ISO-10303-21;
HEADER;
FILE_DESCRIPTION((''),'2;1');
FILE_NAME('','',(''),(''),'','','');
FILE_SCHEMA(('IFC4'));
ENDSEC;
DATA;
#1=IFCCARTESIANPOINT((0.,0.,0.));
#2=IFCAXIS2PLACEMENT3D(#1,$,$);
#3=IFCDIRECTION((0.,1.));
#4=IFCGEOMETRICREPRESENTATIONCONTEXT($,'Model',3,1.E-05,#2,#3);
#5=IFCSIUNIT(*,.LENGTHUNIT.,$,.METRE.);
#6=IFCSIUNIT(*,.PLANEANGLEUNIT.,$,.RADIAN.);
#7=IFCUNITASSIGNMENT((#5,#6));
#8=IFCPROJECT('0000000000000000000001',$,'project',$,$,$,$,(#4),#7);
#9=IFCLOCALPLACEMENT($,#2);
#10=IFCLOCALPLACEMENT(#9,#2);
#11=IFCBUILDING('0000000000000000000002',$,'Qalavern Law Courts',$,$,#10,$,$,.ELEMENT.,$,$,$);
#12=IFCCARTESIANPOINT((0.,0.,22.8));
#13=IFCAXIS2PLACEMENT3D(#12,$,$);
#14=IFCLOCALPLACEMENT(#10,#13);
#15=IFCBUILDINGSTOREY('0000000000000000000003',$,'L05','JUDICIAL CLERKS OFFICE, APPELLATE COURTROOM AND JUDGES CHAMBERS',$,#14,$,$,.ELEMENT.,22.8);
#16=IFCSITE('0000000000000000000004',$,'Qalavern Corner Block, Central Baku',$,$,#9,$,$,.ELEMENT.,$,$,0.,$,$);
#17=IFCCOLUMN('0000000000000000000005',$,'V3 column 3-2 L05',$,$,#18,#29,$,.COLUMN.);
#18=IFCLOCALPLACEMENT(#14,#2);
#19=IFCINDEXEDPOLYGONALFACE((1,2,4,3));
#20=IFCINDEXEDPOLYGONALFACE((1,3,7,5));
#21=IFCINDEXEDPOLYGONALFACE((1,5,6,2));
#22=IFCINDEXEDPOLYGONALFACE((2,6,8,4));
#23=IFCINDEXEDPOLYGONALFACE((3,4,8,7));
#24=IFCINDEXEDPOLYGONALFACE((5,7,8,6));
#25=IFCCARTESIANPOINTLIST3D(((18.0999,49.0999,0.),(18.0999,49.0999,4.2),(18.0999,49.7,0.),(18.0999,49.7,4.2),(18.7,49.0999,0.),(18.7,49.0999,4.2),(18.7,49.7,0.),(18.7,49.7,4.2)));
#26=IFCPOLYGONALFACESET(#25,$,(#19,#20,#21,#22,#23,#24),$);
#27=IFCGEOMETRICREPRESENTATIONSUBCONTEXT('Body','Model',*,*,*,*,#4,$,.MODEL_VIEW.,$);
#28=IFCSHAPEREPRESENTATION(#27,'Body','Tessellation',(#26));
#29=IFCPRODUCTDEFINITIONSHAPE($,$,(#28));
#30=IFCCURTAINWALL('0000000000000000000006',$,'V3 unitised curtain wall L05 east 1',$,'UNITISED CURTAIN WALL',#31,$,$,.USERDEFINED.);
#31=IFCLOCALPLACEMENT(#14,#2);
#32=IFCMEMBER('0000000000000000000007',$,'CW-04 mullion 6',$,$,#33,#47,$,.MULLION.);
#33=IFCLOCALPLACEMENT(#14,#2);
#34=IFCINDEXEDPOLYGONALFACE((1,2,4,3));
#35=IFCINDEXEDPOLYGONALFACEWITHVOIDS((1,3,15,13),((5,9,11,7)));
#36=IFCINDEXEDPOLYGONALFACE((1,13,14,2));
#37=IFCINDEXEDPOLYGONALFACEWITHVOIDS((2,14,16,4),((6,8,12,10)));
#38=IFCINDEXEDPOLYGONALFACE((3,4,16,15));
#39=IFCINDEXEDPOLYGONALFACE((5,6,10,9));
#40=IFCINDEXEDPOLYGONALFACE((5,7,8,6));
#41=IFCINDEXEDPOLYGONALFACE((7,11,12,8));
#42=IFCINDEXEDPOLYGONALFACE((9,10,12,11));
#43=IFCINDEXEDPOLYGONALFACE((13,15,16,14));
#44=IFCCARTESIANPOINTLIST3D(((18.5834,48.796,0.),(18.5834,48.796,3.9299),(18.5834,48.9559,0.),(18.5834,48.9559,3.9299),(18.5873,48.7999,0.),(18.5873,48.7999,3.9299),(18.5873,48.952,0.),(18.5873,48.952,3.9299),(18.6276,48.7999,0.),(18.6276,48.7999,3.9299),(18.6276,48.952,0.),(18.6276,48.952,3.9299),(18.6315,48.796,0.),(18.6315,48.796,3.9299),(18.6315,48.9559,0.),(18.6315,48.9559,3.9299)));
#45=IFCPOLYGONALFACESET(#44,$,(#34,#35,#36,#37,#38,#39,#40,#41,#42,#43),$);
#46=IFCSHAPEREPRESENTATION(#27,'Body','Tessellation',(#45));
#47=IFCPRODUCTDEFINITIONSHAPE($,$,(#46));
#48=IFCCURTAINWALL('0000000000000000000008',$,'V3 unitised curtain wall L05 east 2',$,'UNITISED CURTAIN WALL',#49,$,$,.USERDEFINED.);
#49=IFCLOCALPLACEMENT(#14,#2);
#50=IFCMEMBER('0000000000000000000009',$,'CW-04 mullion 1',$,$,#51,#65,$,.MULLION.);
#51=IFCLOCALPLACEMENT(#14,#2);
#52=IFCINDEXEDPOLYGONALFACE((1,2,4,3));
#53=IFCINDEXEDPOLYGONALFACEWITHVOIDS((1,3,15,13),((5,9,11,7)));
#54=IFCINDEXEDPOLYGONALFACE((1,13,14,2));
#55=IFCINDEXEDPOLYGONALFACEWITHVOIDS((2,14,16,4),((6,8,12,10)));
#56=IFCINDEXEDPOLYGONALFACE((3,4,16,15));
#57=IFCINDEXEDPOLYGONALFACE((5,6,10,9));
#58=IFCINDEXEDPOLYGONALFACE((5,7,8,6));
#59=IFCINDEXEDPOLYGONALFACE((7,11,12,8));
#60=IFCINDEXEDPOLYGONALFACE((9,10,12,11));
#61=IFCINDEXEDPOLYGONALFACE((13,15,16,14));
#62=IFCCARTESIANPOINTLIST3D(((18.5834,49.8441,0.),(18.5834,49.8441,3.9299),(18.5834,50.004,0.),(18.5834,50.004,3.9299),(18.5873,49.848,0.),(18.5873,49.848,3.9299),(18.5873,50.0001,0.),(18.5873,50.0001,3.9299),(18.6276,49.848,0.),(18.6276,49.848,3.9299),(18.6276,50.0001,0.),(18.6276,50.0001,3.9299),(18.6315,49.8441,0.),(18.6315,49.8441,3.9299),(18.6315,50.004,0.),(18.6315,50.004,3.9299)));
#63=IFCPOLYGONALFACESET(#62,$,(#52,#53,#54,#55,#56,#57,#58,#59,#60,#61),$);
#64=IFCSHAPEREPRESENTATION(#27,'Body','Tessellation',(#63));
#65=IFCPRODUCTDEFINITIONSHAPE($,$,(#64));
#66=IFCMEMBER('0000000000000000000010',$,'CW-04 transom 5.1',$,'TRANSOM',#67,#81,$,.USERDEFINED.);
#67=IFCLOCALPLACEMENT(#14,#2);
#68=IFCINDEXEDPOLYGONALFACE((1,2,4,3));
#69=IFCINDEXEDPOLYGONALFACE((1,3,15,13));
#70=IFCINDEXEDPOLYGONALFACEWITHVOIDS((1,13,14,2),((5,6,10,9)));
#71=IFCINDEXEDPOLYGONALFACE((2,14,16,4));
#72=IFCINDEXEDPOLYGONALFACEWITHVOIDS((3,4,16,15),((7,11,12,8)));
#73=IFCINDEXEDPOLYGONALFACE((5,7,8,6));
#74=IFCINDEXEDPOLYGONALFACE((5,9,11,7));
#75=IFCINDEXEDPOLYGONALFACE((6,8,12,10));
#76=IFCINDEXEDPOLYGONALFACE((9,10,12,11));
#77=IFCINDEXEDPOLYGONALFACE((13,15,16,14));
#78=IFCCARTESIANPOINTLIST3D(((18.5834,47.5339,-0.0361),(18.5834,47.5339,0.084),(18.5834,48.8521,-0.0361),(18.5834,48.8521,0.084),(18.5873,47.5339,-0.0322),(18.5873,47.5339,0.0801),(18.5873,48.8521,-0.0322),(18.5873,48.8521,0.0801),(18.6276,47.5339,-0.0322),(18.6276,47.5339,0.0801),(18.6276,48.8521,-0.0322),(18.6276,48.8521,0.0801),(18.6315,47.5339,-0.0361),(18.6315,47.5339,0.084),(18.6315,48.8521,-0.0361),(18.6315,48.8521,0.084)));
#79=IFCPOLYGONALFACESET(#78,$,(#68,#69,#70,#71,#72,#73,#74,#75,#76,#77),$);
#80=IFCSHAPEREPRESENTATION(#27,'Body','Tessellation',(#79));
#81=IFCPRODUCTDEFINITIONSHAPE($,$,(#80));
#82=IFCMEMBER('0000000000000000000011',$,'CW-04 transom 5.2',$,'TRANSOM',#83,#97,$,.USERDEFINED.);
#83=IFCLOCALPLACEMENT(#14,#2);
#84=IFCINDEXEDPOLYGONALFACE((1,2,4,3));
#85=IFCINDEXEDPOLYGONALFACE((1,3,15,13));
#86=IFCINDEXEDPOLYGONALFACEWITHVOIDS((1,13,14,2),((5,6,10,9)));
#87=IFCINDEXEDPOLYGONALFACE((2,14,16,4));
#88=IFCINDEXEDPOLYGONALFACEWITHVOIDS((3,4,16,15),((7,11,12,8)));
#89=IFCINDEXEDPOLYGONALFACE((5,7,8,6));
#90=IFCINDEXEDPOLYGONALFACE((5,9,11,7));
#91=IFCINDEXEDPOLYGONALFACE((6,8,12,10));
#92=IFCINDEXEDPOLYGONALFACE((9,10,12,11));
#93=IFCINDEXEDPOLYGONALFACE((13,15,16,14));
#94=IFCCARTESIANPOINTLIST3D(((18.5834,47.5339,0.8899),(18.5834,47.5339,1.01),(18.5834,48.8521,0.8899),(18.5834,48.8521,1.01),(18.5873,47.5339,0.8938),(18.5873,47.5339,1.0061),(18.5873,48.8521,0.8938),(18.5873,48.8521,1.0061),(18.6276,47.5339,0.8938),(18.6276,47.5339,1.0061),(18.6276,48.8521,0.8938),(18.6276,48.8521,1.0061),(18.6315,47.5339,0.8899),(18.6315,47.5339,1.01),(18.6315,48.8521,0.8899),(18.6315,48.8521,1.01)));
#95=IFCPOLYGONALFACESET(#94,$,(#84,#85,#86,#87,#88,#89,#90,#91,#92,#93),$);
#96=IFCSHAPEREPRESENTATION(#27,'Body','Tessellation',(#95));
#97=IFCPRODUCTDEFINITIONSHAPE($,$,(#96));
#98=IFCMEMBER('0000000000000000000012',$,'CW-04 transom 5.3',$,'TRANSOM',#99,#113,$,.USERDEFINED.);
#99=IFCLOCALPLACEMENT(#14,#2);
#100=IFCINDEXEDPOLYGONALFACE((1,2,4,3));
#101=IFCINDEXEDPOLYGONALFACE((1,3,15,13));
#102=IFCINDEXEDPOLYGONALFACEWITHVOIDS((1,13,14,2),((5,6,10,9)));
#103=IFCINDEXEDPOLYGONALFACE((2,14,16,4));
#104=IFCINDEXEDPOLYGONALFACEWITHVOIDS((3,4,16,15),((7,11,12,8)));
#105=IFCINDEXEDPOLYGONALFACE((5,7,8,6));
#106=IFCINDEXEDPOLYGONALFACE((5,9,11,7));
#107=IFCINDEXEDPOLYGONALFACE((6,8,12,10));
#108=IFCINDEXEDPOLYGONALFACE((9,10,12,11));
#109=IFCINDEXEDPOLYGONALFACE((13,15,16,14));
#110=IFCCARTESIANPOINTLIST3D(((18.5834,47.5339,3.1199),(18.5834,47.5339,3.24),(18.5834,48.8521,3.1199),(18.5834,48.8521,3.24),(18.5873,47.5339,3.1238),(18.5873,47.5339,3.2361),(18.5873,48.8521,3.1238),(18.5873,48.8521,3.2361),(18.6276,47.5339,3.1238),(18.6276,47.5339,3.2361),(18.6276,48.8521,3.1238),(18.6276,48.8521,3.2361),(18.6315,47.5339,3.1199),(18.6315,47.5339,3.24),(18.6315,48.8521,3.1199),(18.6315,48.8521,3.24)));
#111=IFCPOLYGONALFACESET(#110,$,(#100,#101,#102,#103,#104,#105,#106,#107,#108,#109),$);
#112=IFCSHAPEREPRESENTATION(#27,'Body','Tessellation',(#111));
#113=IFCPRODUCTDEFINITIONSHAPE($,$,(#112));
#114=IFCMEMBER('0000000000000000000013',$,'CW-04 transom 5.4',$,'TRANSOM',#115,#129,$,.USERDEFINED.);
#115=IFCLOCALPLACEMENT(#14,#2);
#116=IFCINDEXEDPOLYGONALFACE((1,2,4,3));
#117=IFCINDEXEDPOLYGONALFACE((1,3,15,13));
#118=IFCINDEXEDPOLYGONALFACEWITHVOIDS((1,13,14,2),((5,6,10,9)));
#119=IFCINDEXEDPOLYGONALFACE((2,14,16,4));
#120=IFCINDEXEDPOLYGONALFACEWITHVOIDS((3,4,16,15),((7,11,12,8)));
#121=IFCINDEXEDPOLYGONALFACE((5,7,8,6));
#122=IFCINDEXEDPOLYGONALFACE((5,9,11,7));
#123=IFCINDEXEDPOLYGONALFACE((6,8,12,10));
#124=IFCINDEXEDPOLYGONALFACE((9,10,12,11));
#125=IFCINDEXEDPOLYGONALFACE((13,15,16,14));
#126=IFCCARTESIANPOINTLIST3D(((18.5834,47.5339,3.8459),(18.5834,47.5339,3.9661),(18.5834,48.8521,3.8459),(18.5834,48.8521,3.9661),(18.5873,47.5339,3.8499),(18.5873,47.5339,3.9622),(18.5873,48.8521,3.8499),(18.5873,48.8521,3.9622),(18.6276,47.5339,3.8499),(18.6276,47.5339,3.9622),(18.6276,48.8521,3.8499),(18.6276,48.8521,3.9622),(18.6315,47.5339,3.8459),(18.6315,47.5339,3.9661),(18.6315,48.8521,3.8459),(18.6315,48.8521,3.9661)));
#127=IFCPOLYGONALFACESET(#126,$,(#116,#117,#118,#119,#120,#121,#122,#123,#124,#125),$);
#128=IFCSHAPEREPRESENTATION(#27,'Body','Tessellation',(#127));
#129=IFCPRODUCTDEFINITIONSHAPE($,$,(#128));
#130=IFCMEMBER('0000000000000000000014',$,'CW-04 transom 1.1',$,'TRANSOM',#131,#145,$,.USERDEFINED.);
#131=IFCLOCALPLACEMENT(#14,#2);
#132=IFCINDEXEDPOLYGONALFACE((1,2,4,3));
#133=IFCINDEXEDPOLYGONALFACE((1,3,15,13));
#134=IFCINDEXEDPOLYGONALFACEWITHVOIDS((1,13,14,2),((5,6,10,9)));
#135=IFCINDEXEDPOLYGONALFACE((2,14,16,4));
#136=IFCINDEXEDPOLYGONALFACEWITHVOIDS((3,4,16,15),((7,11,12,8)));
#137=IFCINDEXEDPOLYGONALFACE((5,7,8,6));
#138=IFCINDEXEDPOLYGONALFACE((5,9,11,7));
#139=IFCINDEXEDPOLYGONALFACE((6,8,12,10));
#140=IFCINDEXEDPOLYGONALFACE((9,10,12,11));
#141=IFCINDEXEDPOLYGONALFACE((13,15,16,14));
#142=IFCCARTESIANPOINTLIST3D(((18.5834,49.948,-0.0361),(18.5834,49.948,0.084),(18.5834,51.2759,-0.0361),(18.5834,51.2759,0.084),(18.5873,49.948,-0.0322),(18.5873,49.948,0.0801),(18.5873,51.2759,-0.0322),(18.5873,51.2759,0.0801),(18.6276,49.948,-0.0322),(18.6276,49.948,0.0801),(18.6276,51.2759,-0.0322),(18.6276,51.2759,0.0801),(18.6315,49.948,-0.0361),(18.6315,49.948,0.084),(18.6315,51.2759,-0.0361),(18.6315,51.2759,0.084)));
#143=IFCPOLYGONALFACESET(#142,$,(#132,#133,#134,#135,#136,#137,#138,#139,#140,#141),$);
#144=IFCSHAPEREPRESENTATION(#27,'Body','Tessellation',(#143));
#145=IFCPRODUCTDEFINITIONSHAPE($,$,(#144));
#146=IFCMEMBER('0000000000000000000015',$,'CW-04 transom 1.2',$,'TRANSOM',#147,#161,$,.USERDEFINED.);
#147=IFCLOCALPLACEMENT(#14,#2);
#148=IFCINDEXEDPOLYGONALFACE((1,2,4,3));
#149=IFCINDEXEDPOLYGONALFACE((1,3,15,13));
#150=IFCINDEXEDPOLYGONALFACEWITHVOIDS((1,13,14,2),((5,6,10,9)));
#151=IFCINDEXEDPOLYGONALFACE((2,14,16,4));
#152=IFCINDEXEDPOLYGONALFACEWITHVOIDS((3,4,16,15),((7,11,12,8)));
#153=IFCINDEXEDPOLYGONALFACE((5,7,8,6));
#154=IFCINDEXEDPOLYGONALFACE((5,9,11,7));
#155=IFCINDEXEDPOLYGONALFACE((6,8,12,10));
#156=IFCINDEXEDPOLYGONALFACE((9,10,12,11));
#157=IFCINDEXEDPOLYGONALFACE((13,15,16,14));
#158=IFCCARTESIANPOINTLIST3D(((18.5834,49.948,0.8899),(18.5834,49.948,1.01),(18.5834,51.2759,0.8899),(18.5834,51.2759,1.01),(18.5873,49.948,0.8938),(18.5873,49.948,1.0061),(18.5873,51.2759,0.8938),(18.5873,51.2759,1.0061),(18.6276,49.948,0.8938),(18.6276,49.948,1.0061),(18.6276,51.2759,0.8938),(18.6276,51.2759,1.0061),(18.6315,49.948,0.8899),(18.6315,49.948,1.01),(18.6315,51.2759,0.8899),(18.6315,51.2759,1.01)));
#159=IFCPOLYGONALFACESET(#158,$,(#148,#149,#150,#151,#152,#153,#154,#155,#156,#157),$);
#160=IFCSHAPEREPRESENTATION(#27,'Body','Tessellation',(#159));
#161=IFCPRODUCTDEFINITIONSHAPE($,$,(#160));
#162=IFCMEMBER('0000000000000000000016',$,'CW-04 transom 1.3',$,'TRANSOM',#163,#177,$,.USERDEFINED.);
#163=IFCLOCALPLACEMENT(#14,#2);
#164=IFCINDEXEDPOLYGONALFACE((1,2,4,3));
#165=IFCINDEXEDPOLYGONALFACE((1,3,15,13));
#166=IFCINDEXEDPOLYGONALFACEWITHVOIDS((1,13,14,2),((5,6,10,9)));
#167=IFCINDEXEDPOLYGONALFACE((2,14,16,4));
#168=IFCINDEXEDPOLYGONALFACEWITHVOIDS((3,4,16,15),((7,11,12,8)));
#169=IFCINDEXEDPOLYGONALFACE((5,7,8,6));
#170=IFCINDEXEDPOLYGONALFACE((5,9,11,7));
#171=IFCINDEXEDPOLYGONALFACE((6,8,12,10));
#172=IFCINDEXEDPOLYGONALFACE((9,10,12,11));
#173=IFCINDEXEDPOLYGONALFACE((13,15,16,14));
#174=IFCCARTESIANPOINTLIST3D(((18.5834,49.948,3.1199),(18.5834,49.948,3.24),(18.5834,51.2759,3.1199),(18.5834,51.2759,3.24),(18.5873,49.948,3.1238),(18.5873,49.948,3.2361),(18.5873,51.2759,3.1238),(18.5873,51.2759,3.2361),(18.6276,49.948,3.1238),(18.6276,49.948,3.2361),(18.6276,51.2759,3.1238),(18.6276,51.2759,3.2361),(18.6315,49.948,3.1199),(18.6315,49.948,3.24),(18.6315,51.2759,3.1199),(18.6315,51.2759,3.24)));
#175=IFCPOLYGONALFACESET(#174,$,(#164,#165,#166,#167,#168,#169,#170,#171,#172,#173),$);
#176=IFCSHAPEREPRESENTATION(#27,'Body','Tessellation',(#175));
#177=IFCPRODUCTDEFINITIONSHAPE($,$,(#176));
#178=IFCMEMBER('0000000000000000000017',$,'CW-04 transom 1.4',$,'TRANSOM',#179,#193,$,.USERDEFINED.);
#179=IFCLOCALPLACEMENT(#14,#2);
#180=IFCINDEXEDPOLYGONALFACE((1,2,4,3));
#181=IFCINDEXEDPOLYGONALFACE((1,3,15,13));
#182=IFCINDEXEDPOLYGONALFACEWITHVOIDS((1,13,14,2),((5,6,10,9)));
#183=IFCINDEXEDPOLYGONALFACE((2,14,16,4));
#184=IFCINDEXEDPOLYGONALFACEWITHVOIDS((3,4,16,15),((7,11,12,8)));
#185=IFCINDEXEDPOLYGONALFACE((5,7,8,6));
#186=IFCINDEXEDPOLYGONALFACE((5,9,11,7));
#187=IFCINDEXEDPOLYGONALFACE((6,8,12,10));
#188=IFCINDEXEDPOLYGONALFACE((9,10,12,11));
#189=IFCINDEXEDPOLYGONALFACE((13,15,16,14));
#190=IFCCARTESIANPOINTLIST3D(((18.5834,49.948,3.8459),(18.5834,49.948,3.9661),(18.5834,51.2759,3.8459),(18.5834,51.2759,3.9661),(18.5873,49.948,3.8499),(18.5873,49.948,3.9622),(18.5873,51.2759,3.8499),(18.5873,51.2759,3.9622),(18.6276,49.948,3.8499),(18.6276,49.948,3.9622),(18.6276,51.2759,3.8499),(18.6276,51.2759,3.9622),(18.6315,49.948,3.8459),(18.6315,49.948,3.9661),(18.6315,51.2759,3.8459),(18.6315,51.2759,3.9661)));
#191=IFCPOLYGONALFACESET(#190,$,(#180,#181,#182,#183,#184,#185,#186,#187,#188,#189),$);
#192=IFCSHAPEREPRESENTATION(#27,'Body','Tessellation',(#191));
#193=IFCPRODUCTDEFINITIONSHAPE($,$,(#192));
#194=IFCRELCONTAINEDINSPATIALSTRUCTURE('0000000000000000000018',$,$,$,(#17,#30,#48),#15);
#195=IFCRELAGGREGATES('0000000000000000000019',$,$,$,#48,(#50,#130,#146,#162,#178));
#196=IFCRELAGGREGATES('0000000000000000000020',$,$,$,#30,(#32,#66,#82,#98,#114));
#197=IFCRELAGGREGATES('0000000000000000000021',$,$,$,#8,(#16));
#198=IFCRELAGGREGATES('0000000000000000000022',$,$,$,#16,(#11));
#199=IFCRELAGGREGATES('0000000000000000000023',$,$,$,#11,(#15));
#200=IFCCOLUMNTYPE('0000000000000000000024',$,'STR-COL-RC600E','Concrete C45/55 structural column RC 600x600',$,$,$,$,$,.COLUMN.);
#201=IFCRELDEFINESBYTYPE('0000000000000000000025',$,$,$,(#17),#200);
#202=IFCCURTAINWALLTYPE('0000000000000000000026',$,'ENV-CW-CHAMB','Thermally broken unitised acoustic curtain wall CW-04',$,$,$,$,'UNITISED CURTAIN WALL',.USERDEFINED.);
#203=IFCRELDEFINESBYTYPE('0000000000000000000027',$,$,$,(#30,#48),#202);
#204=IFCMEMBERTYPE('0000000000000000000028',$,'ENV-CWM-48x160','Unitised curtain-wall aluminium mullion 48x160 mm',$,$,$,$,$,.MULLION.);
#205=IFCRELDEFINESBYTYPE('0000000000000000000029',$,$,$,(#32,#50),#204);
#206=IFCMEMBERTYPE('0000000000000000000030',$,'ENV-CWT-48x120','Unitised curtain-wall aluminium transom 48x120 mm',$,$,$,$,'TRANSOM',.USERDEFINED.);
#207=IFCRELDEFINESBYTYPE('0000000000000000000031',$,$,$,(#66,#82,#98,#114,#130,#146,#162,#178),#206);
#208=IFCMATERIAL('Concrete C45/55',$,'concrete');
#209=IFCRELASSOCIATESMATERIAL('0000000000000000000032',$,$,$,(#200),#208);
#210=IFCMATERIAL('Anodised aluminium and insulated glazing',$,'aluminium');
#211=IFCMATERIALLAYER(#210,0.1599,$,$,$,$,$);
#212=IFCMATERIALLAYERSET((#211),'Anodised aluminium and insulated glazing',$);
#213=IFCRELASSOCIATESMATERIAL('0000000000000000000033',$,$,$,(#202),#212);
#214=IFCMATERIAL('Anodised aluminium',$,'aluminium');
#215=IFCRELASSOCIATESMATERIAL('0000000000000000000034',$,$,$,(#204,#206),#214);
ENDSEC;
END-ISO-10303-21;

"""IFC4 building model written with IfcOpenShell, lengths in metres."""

from ifc_helpers import new_model, si_unit, direction, frame, origin, origin_2d, place, context, subcontext, project, spatial, rectangle, hollow_rectangle, extrude, material, layer, layer_set, material_profile, profile_set, type_object, element, aggregate, save


model = new_model("IFC4")

# Units and contexts
model_context = context("Model", 3, precision=1e-05, world=origin(), true_north=direction((0.0, 1.0)))
body_context = subcontext(model_context, "Body", "Model", "MODEL_VIEW")
ifc_project = project(units=[si_unit("LENGTHUNIT", "METRE"), si_unit("PLANEANGLEUNIT", "RADIAN")], contexts=[model_context])

# Site, building, storey
site_placement = place(None, origin())
site = spatial("IfcSite", under=ifc_project, at=site_placement, Name="Qalavern Corner Block, Central Baku", CompositionType="ELEMENT", RefElevation=0.0)
building_placement = place(site_placement, origin())
building = spatial("IfcBuilding", under=site, at=building_placement, Name="Qalavern Law Courts", CompositionType="ELEMENT")
storey_placement = place(building_placement, frame((0.0, 0.0, 22.8)))
storey = spatial("IfcBuildingStorey", under=building, at=storey_placement, Name="L05", Description="JUDICIAL CLERKS OFFICE, APPELLATE COURTROOM AND JUDGES CHAMBERS", CompositionType="ELEMENT", Elevation=22.8)

# Column
ifc_material_1 = material(Name="Concrete C45/55", Category="concrete")
ifc_material_profile_1 = material_profile(ifc_material_1, rectangle(XDim=0.6001, YDim=0.6001, at=origin_2d()), Name="RC 600x600")
ifc_profile_set_1 = profile_set([ifc_material_profile_1], Name="Concrete C45/55")
column_type = type_object("IfcColumnType", Name="STR-COL-RC600E", Description="Concrete C45/55 structural column RC 600x600", PredefinedType="COLUMN", material=ifc_profile_set_1)
column_placement = place(storey_placement, frame((18.3999, 49.3999, 0.0), z_axis=(0.0, 0.0, 1.0), x_axis=(1.0, 0.0, 0.0)))
element("IfcColumn", 1, at=column_placement, inside=storey, type_object=column_type, Name="V3 column 3-2 L05", PredefinedType="COLUMN", context=body_context, shape_type="SweptSolid", body=[
    extrude(rectangle(XDim=0.6001, YDim=0.6001, at=origin_2d()), origin(), (0.0, 0.0, 1.0), 4.2),
])

# Curtain walls, members
ifc_material_2 = material(Name="Anodised aluminium and insulated glazing", Category="aluminium")
ifc_layer_1 = layer(ifc_material_2, 0.1599)
ifc_layer_set_1 = layer_set([ifc_layer_1], Name="Anodised aluminium and insulated glazing")
curtain_wall_type = type_object("IfcCurtainWallType", Name="ENV-CW-CHAMB", Description="Thermally broken unitised acoustic curtain wall CW-04", ElementType="UNITISED CURTAIN WALL", PredefinedType="USERDEFINED", material=ifc_layer_set_1)
curtain_wall_1_placement = place(storey_placement, origin())
curtain_wall_1 = element("IfcCurtainWall", 2, at=curtain_wall_1_placement, inside=storey, type_object=curtain_wall_type, Name="V3 unitised curtain wall L05 east 1", ObjectType="UNITISED CURTAIN WALL", PredefinedType="USERDEFINED")
ifc_material_3 = material(Name="Anodised aluminium", Category="aluminium")
ifc_material_profile_2 = material_profile(ifc_material_3, hollow_rectangle(XDim=0.0481, YDim=0.1599, WallThickness=0.0039, at=origin_2d()), Name="ALU MULLION 48x160")
ifc_profile_set_2 = profile_set([ifc_material_profile_2], Name="Anodised aluminium")
member_type_1 = type_object("IfcMemberType", Name="ENV-CWM-48x160", Description="Unitised curtain-wall aluminium mullion 48x160 mm", PredefinedType="MULLION", material=ifc_profile_set_2)
member_1_placement = place(storey_placement, frame((18.6074, 48.876, 0.0), z_axis=(0.0, 0.0, 1.0), x_axis=(-1.0, 0.0, 0.0)))
member_1 = element("IfcMember", 3, at=member_1_placement, type_object=member_type_1, Name="CW-04 mullion 6", PredefinedType="MULLION", context=body_context, shape_type="SweptSolid", body=[
    extrude(hollow_rectangle(XDim=0.0481, YDim=0.1599, WallThickness=0.0039, at=origin_2d()), origin(), (0.0, 0.0, 1.0), 3.9299),
])
curtain_wall_2_placement = place(storey_placement, origin())
curtain_wall_2 = element("IfcCurtainWall", 4, at=curtain_wall_2_placement, inside=storey, type_object=curtain_wall_type, Name="V3 unitised curtain wall L05 east 2", ObjectType="UNITISED CURTAIN WALL", PredefinedType="USERDEFINED")
member_2_placement = place(storey_placement, frame((18.6074, 49.9241, 0.0), z_axis=(0.0, 0.0, 1.0), x_axis=(-1.0, 0.0, 0.0)))
member_2 = element("IfcMember", 5, at=member_2_placement, type_object=member_type_1, Name="CW-04 mullion 1", PredefinedType="MULLION", context=body_context, shape_type="SweptSolid", body=[
    extrude(hollow_rectangle(XDim=0.0481, YDim=0.1599, WallThickness=0.0039, at=origin_2d()), origin(), (0.0, 0.0, 1.0), 3.9299),
])

# Members
ifc_material_profile_3 = material_profile(ifc_material_3, hollow_rectangle(XDim=0.0481, YDim=0.1201, WallThickness=0.0039, at=origin_2d()), Name="ALU TRANSOM 48x120")
ifc_profile_set_3 = profile_set([ifc_material_profile_3], Name="Anodised aluminium")
member_type_2 = type_object("IfcMemberType", Name="ENV-CWT-48x120", Description="Unitised curtain-wall aluminium transom 48x120 mm", ElementType="TRANSOM", PredefinedType="USERDEFINED", material=ifc_profile_set_3)
member_3_placement = place(storey_placement, frame((18.6074, 47.5339, 0.0239), z_axis=(0.0, 1.0, 0.0), x_axis=(-1.0, 0.0, 0.0)))
member_3 = element("IfcMember", 6, at=member_3_placement, type_object=member_type_2, Name="CW-04 transom 5.1", ObjectType="TRANSOM", PredefinedType="USERDEFINED", context=body_context, shape_type="SweptSolid", body=[
    extrude(hollow_rectangle(XDim=0.0481, YDim=0.1201, WallThickness=0.0039, at=origin_2d()), origin(), (0.0, 0.0, 1.0), 1.3181),
])
member_4_placement = place(storey_placement, frame((18.6074, 47.5339, 0.95), z_axis=(0.0, 1.0, 0.0), x_axis=(-1.0, 0.0, 0.0)))
member_4 = element("IfcMember", 7, at=member_4_placement, type_object=member_type_2, Name="CW-04 transom 5.2", ObjectType="TRANSOM", PredefinedType="USERDEFINED", context=body_context, shape_type="SweptSolid", body=[
    extrude(hollow_rectangle(XDim=0.0481, YDim=0.1201, WallThickness=0.0039, at=origin_2d()), origin(), (0.0, 0.0, 1.0), 1.3181),
])
member_5_placement = place(storey_placement, frame((18.6074, 47.5339, 3.1799), z_axis=(0.0, 1.0, 0.0), x_axis=(-1.0, 0.0, 0.0)))
member_5 = element("IfcMember", 8, at=member_5_placement, type_object=member_type_2, Name="CW-04 transom 5.3", ObjectType="TRANSOM", PredefinedType="USERDEFINED", context=body_context, shape_type="SweptSolid", body=[
    extrude(hollow_rectangle(XDim=0.0481, YDim=0.1201, WallThickness=0.0039, at=origin_2d()), origin(), (0.0, 0.0, 1.0), 1.3181),
])
member_6_placement = place(storey_placement, frame((18.6074, 47.5339, 3.906), z_axis=(0.0, 1.0, 0.0), x_axis=(-1.0, 0.0, 0.0)))
member_6 = element("IfcMember", 9, at=member_6_placement, type_object=member_type_2, Name="CW-04 transom 5.4", ObjectType="TRANSOM", PredefinedType="USERDEFINED", context=body_context, shape_type="SweptSolid", body=[
    extrude(hollow_rectangle(XDim=0.0481, YDim=0.1201, WallThickness=0.0039, at=origin_2d()), origin(), (0.0, 0.0, 1.0), 1.3181),
])
member_7_placement = place(storey_placement, frame((18.6074, 49.948, 0.0239), z_axis=(0.0, 1.0, 0.0), x_axis=(-1.0, 0.0, 0.0)))
member_7 = element("IfcMember", 10, at=member_7_placement, type_object=member_type_2, Name="CW-04 transom 1.1", ObjectType="TRANSOM", PredefinedType="USERDEFINED", context=body_context, shape_type="SweptSolid", body=[
    extrude(hollow_rectangle(XDim=0.0481, YDim=0.1201, WallThickness=0.0039, at=origin_2d()), origin(), (0.0, 0.0, 1.0), 1.3279),
])
member_8_placement = place(storey_placement, frame((18.6074, 49.948, 0.95), z_axis=(0.0, 1.0, 0.0), x_axis=(-1.0, 0.0, 0.0)))
member_8 = element("IfcMember", 11, at=member_8_placement, type_object=member_type_2, Name="CW-04 transom 1.2", ObjectType="TRANSOM", PredefinedType="USERDEFINED", context=body_context, shape_type="SweptSolid", body=[
    extrude(hollow_rectangle(XDim=0.0481, YDim=0.1201, WallThickness=0.0039, at=origin_2d()), origin(), (0.0, 0.0, 1.0), 1.3279),
])
member_9_placement = place(storey_placement, frame((18.6074, 49.948, 3.1799), z_axis=(0.0, 1.0, 0.0), x_axis=(-1.0, 0.0, 0.0)))
member_9 = element("IfcMember", 12, at=member_9_placement, type_object=member_type_2, Name="CW-04 transom 1.3", ObjectType="TRANSOM", PredefinedType="USERDEFINED", context=body_context, shape_type="SweptSolid", body=[
    extrude(hollow_rectangle(XDim=0.0481, YDim=0.1201, WallThickness=0.0039, at=origin_2d()), origin(), (0.0, 0.0, 1.0), 1.3279),
])
member_10_placement = place(storey_placement, frame((18.6074, 49.948, 3.906), z_axis=(0.0, 1.0, 0.0), x_axis=(-1.0, 0.0, 0.0)))
member_10 = element("IfcMember", 13, at=member_10_placement, type_object=member_type_2, Name="CW-04 transom 1.4", ObjectType="TRANSOM", PredefinedType="USERDEFINED", context=body_context, shape_type="SweptSolid", body=[
    extrude(hollow_rectangle(XDim=0.0481, YDim=0.1201, WallThickness=0.0039, at=origin_2d()), origin(), (0.0, 0.0, 1.0), 1.3279),
])
aggregate(curtain_wall_2, [member_2, member_7, member_8, member_9, member_10])

aggregate(curtain_wall_1, [member_1, member_3, member_4, member_5, member_6])

save(model, "model.ifc")
